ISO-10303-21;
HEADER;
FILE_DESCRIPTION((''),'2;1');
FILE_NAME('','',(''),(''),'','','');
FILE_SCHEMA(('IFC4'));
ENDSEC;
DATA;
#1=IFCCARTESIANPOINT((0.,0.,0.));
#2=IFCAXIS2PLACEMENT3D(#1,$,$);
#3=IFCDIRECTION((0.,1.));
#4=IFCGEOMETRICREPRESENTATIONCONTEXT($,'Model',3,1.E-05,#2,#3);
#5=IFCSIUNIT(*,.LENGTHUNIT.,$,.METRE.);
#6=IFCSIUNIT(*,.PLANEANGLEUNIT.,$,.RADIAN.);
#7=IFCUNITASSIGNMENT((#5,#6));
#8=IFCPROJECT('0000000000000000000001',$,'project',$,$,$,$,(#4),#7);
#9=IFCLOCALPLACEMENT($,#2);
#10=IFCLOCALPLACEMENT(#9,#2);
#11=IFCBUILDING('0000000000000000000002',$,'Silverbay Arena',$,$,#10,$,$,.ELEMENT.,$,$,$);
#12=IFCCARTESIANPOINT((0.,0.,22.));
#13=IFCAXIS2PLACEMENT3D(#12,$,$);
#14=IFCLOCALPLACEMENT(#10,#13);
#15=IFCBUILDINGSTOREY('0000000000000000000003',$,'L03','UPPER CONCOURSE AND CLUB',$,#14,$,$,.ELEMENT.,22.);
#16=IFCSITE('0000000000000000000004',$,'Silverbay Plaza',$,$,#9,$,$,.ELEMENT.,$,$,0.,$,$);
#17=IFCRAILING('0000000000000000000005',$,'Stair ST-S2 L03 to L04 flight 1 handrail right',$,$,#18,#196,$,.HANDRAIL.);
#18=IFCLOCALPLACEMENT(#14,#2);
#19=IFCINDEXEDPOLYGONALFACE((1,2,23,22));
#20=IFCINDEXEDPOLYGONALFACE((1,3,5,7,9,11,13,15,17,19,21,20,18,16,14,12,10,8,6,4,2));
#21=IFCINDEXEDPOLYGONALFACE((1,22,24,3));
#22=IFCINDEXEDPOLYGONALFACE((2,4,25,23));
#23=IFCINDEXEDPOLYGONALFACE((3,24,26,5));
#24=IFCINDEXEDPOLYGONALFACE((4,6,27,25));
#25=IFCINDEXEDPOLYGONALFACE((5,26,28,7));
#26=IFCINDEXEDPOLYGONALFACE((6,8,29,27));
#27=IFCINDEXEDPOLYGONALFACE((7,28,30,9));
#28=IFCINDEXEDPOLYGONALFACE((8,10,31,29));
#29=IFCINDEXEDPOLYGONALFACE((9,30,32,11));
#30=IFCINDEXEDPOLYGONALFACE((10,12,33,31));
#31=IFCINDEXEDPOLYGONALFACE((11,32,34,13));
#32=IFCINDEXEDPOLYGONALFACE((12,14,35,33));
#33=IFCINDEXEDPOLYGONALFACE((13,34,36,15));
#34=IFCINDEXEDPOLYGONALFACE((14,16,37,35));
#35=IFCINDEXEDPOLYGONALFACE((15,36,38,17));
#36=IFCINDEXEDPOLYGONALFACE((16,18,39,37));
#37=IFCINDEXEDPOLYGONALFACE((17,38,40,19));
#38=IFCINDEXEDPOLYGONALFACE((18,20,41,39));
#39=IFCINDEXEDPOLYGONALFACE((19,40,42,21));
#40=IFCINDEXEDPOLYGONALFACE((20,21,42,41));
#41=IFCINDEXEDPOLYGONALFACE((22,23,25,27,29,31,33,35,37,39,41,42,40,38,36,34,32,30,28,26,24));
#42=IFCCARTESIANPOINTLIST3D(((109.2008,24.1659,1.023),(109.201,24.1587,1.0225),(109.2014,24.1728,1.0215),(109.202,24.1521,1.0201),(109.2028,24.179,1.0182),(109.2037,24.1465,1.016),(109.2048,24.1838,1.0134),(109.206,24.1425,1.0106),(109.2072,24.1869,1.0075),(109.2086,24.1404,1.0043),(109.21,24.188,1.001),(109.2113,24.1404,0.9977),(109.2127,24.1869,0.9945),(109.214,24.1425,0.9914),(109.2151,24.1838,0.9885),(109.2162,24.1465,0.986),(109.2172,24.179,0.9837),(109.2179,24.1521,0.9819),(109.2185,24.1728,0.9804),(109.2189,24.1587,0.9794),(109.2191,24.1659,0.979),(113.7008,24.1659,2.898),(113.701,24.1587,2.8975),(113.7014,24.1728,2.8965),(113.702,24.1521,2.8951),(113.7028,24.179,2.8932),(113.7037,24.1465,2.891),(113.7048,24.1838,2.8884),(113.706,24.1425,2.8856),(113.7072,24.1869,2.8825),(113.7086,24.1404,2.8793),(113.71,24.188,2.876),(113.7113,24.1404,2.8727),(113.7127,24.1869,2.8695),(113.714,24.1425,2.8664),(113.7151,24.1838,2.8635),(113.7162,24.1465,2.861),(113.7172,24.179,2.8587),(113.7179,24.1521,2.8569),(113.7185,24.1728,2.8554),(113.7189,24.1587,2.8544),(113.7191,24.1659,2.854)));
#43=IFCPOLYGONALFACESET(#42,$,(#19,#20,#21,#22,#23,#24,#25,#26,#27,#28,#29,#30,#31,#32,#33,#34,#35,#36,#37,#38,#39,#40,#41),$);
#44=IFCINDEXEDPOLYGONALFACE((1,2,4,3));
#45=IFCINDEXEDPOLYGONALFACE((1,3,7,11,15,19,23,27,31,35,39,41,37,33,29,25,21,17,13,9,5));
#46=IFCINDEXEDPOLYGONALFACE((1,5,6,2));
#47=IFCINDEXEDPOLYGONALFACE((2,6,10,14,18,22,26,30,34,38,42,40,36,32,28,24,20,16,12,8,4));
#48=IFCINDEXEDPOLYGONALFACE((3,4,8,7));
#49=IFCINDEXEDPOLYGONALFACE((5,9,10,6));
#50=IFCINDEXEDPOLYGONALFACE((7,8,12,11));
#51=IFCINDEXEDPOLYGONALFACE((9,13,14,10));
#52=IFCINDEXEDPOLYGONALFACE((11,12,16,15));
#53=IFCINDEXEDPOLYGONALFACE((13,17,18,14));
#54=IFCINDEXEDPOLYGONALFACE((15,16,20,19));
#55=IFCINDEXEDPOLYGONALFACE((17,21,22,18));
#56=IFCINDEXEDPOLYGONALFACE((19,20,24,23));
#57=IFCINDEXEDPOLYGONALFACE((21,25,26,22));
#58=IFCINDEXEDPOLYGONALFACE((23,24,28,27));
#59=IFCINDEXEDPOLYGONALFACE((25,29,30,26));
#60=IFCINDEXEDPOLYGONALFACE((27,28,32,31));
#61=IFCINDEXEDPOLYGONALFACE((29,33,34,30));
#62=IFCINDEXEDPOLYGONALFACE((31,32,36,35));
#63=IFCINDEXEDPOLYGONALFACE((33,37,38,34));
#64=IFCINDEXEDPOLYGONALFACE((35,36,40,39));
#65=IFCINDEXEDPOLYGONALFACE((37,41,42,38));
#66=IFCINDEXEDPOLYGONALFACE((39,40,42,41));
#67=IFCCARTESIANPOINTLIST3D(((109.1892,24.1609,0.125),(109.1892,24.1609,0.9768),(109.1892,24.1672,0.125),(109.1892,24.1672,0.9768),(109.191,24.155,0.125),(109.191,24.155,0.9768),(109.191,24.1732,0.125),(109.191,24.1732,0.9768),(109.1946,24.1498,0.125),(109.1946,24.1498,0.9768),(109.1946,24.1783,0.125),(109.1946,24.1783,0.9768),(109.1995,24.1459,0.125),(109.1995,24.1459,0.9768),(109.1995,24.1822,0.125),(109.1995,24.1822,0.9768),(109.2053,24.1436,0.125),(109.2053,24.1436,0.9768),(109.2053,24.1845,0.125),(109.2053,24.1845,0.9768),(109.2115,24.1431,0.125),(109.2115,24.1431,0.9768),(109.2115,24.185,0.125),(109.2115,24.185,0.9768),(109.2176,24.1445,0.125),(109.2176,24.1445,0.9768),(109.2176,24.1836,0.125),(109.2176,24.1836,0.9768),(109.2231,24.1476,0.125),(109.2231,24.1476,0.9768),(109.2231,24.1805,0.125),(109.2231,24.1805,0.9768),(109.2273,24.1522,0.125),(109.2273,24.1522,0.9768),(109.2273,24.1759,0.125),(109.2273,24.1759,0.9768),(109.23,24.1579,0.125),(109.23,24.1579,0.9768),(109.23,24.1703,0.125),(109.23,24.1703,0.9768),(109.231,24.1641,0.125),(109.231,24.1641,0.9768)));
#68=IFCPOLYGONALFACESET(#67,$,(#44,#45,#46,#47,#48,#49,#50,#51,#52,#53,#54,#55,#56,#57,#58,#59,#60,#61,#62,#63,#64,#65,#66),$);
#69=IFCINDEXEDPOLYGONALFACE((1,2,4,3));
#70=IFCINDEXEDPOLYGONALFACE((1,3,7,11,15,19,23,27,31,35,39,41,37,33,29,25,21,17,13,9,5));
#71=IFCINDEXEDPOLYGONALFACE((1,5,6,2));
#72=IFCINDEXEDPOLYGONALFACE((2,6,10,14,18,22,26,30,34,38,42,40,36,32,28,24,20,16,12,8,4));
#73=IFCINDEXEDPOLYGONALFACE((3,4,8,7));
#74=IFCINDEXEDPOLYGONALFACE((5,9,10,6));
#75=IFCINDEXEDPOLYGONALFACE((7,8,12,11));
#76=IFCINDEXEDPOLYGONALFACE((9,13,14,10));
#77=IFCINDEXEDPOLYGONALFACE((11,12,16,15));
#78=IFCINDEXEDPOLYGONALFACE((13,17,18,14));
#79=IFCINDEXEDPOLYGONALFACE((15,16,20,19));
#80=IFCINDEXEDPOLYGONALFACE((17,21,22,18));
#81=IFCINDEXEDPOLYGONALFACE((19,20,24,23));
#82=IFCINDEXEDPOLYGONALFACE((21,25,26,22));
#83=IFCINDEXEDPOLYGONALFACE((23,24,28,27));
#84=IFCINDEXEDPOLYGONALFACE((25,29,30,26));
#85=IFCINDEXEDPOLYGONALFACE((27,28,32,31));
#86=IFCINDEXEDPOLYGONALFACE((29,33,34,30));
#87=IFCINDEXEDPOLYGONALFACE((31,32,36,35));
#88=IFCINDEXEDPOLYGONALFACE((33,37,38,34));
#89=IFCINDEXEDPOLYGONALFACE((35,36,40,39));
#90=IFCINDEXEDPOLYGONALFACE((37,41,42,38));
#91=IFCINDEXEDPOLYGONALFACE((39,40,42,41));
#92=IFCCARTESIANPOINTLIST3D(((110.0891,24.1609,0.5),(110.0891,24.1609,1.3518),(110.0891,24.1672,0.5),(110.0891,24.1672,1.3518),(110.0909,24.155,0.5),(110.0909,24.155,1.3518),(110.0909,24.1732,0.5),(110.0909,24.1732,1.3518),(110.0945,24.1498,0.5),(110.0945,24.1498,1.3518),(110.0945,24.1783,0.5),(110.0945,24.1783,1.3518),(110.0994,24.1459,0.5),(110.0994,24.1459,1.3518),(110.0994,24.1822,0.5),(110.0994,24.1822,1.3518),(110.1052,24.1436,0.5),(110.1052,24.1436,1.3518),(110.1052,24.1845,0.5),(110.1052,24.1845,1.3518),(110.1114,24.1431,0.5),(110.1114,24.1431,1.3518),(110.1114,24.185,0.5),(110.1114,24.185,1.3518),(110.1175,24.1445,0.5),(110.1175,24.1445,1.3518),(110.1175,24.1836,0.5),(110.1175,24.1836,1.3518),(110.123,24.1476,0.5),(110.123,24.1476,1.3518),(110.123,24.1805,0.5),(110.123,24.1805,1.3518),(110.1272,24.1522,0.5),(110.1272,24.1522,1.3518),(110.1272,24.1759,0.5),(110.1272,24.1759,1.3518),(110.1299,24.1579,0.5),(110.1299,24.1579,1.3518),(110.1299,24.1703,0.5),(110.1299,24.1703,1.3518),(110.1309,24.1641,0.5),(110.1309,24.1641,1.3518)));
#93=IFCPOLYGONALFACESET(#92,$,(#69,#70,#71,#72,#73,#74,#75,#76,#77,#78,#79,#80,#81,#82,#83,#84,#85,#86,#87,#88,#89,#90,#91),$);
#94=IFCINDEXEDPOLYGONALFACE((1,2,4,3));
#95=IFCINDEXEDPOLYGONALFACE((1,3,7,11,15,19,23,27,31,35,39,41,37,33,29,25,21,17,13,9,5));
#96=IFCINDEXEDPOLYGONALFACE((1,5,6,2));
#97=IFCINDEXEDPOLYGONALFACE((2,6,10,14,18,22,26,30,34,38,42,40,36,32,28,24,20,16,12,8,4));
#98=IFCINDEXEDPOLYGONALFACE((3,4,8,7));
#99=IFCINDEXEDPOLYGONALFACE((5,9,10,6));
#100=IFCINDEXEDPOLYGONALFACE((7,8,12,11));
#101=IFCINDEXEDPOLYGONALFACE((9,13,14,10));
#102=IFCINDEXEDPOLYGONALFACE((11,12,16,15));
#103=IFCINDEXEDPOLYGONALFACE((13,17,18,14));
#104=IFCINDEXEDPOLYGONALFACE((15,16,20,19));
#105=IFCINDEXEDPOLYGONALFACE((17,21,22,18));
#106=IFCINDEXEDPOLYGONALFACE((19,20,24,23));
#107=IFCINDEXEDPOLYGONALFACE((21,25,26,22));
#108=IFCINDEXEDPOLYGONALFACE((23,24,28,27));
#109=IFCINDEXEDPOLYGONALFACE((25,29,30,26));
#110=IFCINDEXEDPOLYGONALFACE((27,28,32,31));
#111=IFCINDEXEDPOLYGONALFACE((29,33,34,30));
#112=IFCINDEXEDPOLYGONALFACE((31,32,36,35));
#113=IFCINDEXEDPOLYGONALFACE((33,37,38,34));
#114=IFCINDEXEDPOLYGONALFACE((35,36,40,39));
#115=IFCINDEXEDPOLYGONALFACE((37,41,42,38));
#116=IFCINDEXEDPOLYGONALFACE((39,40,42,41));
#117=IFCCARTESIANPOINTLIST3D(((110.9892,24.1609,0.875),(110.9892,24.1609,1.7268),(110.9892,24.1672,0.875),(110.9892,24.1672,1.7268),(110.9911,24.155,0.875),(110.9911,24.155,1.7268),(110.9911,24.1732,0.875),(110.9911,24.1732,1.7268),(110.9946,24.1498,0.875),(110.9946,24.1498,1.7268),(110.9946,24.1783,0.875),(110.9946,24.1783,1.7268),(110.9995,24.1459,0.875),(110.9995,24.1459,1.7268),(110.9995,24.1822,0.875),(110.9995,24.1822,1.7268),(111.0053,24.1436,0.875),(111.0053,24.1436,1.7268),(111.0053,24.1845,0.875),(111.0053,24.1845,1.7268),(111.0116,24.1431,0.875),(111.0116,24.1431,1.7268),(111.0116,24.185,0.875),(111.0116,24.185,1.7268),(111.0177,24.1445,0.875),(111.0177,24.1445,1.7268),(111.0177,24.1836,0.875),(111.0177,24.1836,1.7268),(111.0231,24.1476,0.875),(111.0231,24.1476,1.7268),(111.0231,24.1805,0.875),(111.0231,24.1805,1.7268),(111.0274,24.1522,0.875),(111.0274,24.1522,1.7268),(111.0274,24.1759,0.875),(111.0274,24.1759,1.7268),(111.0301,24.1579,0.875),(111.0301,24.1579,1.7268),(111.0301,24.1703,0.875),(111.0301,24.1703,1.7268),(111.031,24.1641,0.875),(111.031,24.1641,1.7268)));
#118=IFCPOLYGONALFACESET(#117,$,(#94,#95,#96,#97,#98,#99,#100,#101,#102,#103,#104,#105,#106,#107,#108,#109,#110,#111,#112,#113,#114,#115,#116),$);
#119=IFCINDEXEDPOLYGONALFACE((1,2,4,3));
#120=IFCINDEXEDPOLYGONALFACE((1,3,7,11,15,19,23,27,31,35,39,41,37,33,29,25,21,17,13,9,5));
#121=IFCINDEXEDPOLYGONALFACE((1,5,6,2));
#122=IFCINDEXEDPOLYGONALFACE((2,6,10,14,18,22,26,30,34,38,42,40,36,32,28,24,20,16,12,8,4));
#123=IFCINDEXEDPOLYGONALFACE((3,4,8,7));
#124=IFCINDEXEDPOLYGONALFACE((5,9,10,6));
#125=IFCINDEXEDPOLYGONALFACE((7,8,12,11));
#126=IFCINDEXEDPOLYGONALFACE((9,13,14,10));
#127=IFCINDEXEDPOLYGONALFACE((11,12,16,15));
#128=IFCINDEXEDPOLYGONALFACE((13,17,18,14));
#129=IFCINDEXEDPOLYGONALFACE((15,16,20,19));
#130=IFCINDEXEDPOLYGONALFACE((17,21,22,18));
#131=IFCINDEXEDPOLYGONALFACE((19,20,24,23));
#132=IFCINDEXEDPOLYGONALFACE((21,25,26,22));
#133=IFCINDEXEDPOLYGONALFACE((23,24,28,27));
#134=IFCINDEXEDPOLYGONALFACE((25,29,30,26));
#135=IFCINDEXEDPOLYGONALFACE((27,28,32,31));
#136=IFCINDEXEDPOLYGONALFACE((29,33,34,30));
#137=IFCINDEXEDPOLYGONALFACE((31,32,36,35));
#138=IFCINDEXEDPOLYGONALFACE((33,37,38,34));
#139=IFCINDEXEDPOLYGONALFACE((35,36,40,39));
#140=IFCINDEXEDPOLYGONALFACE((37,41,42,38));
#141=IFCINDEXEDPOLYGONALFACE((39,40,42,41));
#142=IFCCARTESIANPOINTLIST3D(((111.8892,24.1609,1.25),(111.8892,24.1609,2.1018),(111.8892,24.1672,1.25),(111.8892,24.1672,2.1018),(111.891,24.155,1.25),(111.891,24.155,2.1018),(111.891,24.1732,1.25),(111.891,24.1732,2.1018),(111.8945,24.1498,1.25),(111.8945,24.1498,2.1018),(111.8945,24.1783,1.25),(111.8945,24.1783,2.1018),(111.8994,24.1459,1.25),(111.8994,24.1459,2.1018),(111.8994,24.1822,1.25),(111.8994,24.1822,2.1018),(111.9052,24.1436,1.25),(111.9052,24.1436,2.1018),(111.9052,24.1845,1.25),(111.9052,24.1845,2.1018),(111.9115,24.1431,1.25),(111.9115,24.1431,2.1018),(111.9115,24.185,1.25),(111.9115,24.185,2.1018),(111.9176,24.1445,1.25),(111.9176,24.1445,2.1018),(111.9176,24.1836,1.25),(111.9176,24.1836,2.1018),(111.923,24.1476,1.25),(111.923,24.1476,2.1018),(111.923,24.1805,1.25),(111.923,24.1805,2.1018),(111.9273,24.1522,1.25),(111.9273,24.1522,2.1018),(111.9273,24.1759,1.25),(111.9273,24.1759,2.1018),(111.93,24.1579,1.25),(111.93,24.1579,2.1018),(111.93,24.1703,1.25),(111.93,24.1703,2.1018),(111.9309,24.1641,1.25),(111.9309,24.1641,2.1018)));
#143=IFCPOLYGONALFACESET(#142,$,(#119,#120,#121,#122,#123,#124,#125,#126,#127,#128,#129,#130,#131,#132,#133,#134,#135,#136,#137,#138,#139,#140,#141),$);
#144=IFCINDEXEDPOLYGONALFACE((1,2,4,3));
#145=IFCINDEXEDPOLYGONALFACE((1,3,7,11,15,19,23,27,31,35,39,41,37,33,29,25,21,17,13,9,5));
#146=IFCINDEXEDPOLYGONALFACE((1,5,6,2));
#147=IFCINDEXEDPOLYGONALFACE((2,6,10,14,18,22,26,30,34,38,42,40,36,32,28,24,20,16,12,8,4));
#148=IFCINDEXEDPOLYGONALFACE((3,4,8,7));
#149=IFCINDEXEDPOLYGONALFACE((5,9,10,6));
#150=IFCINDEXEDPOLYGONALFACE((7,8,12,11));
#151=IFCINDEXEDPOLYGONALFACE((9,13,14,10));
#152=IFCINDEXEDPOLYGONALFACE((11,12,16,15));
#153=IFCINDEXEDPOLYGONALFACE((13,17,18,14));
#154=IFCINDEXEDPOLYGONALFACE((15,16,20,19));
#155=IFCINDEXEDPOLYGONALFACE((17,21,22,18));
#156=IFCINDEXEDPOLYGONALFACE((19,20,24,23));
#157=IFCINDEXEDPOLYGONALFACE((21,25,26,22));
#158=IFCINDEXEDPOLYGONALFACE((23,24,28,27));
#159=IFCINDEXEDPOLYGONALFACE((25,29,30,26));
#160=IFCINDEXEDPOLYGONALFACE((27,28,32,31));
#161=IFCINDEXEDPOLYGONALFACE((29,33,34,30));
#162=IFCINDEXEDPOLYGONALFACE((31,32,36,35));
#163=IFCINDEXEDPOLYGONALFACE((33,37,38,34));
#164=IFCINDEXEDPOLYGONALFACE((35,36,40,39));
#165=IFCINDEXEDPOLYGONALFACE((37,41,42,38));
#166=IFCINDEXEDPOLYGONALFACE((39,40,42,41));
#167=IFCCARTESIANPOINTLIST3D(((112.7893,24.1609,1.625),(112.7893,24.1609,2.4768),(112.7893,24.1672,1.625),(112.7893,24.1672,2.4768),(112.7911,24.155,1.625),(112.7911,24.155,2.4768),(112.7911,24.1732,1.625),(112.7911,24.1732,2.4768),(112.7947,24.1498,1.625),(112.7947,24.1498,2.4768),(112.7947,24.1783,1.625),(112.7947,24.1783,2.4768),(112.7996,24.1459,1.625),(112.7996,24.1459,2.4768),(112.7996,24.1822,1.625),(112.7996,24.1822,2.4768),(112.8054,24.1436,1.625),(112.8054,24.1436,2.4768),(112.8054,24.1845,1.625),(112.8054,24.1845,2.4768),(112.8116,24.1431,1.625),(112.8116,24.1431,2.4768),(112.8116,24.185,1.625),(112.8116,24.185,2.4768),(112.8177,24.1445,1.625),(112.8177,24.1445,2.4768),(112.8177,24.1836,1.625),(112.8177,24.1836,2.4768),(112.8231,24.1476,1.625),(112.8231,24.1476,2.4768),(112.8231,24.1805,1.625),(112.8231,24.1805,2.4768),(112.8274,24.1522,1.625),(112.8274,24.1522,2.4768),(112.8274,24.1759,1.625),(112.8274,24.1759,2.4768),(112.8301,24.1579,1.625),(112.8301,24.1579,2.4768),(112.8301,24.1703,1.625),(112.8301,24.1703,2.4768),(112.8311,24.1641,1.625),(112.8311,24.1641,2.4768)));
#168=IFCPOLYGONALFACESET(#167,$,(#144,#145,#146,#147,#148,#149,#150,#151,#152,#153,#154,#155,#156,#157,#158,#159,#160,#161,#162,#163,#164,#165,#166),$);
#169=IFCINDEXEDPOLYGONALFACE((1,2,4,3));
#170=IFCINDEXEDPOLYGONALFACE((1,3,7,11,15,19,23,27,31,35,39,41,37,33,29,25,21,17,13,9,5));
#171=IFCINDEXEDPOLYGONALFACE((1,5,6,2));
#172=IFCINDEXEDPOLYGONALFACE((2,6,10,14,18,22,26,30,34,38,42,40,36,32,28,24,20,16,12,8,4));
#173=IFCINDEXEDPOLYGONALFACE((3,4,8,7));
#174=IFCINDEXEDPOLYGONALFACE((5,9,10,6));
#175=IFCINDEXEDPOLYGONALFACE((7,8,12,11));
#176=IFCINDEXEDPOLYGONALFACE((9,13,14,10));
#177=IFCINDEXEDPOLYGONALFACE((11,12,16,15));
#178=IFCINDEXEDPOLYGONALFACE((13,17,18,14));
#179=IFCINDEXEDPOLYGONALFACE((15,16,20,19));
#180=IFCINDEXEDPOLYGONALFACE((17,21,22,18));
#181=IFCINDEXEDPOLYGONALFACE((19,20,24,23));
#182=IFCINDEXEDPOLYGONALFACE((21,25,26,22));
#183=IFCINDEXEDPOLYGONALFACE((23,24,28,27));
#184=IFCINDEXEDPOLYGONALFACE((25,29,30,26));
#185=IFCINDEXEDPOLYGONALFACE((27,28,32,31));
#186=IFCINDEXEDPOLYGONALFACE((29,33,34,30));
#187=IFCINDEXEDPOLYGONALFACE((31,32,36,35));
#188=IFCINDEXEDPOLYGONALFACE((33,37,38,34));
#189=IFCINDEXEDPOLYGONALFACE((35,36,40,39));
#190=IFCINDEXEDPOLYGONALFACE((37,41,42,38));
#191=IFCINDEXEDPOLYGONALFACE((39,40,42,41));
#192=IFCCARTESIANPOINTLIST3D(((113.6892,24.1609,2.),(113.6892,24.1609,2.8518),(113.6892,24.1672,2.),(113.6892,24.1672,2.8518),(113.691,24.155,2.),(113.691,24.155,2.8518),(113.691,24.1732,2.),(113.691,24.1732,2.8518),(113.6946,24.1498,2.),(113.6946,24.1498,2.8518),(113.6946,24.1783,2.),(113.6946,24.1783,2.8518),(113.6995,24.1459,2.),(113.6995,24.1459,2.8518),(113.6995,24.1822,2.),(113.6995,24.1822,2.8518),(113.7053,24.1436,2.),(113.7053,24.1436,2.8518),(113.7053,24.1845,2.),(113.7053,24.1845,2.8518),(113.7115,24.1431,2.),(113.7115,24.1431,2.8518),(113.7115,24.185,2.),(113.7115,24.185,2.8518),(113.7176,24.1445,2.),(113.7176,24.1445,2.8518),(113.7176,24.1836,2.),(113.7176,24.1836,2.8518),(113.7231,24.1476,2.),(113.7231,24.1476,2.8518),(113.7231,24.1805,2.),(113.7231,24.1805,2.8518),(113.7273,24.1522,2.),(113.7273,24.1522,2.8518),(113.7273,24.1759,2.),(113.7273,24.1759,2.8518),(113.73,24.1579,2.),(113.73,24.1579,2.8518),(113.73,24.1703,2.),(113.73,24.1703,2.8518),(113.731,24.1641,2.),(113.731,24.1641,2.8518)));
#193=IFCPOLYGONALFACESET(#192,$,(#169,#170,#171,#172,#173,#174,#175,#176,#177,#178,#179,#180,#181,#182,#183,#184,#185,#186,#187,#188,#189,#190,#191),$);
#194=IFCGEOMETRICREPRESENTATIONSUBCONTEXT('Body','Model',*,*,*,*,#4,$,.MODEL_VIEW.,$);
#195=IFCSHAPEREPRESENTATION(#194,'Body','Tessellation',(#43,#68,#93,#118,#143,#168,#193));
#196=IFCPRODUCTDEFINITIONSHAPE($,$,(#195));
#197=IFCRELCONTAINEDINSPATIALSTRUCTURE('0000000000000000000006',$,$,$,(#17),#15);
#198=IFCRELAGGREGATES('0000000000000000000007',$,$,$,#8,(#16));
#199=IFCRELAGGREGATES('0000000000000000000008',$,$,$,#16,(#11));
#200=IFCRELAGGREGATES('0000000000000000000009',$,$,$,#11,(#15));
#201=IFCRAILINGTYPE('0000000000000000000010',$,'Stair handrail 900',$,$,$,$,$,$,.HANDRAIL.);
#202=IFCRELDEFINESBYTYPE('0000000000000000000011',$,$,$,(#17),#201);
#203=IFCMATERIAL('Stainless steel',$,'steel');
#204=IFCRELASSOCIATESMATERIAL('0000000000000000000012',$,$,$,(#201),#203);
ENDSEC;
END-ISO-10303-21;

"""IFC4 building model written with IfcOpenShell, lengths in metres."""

from ifc_helpers import new_model, si_unit, direction, frame, origin, origin_2d, place, context, subcontext, project, spatial, circle, extrude, material, type_object, element, save


model = new_model("IFC4")

# Units and contexts
model_context = context("Model", 3, precision=1e-05, world=origin(), true_north=direction((0.0, 1.0)))
body_context = subcontext(model_context, "Body", "Model", "MODEL_VIEW")
ifc_project = project(units=[si_unit("LENGTHUNIT", "METRE"), si_unit("PLANEANGLEUNIT", "RADIAN")], contexts=[model_context])

# Site, building, storey
site_placement = place(None, origin())
site = spatial("IfcSite", under=ifc_project, at=site_placement, Name="Silverbay Plaza", CompositionType="ELEMENT", RefElevation=0.0)
building_placement = place(site_placement, origin())
building = spatial("IfcBuilding", under=site, at=building_placement, Name="Silverbay Arena", CompositionType="ELEMENT")
storey_placement = place(building_placement, frame((0.0, 0.0, 22.0)))
storey = spatial("IfcBuildingStorey", under=building, at=storey_placement, Name="L03", Description="UPPER CONCOURSE AND CLUB", CompositionType="ELEMENT", Elevation=22.0)

# Railing
ifc_material_1 = material(Name="Stainless steel", Category="steel")
railing_type_1 = type_object("IfcRailingType", Name="Stair handrail 900", PredefinedType="HANDRAIL", material=ifc_material_1)
for number, where, name in (
    (1, (109.21, 24.1641, 0.125), "Stair ST-S2 L03 to L04 flight 1 handrail right"),
):
    element("IfcRailing", number, at=place(storey_placement, frame(where)), inside=storey, type_object=railing_type_1, Name=name, PredefinedType="HANDRAIL", context=body_context, shape_type="SweptSolid", body=[
        extrude(circle(Radius=0.0239, at=origin_2d()), frame((0.0, 0.0, 0.876), z_axis=(0.923077, 0.0, 0.384615), x_axis=(0.0, 1.0, 0.0)), (0.0, 0.0, 1.0), 4.875),
        extrude(circle(Radius=0.021, at=origin_2d()), origin(), (0.0, 0.0, 1.0), 0.8518),
        extrude(circle(Radius=0.021, at=origin_2d()), frame((0.8999, 0.0, 0.375)), (0.0, 0.0, 1.0), 0.8518),
        extrude(circle(Radius=0.021, at=origin_2d()), frame((1.8, 0.0, 0.75)), (0.0, 0.0, 1.0), 0.8518),
        extrude(circle(Radius=0.021, at=origin_2d()), frame((2.7, 0.0, 1.125)), (0.0, 0.0, 1.0), 0.8518),
        extrude(circle(Radius=0.021, at=origin_2d()), frame((3.6001, 0.0, 1.5)), (0.0, 0.0, 1.0), 0.8518),
        extrude(circle(Radius=0.021, at=origin_2d()), frame((4.5, 0.0, 1.875)), (0.0, 0.0, 1.0), 0.8518),
    ])

save(model, "model.ifc")
